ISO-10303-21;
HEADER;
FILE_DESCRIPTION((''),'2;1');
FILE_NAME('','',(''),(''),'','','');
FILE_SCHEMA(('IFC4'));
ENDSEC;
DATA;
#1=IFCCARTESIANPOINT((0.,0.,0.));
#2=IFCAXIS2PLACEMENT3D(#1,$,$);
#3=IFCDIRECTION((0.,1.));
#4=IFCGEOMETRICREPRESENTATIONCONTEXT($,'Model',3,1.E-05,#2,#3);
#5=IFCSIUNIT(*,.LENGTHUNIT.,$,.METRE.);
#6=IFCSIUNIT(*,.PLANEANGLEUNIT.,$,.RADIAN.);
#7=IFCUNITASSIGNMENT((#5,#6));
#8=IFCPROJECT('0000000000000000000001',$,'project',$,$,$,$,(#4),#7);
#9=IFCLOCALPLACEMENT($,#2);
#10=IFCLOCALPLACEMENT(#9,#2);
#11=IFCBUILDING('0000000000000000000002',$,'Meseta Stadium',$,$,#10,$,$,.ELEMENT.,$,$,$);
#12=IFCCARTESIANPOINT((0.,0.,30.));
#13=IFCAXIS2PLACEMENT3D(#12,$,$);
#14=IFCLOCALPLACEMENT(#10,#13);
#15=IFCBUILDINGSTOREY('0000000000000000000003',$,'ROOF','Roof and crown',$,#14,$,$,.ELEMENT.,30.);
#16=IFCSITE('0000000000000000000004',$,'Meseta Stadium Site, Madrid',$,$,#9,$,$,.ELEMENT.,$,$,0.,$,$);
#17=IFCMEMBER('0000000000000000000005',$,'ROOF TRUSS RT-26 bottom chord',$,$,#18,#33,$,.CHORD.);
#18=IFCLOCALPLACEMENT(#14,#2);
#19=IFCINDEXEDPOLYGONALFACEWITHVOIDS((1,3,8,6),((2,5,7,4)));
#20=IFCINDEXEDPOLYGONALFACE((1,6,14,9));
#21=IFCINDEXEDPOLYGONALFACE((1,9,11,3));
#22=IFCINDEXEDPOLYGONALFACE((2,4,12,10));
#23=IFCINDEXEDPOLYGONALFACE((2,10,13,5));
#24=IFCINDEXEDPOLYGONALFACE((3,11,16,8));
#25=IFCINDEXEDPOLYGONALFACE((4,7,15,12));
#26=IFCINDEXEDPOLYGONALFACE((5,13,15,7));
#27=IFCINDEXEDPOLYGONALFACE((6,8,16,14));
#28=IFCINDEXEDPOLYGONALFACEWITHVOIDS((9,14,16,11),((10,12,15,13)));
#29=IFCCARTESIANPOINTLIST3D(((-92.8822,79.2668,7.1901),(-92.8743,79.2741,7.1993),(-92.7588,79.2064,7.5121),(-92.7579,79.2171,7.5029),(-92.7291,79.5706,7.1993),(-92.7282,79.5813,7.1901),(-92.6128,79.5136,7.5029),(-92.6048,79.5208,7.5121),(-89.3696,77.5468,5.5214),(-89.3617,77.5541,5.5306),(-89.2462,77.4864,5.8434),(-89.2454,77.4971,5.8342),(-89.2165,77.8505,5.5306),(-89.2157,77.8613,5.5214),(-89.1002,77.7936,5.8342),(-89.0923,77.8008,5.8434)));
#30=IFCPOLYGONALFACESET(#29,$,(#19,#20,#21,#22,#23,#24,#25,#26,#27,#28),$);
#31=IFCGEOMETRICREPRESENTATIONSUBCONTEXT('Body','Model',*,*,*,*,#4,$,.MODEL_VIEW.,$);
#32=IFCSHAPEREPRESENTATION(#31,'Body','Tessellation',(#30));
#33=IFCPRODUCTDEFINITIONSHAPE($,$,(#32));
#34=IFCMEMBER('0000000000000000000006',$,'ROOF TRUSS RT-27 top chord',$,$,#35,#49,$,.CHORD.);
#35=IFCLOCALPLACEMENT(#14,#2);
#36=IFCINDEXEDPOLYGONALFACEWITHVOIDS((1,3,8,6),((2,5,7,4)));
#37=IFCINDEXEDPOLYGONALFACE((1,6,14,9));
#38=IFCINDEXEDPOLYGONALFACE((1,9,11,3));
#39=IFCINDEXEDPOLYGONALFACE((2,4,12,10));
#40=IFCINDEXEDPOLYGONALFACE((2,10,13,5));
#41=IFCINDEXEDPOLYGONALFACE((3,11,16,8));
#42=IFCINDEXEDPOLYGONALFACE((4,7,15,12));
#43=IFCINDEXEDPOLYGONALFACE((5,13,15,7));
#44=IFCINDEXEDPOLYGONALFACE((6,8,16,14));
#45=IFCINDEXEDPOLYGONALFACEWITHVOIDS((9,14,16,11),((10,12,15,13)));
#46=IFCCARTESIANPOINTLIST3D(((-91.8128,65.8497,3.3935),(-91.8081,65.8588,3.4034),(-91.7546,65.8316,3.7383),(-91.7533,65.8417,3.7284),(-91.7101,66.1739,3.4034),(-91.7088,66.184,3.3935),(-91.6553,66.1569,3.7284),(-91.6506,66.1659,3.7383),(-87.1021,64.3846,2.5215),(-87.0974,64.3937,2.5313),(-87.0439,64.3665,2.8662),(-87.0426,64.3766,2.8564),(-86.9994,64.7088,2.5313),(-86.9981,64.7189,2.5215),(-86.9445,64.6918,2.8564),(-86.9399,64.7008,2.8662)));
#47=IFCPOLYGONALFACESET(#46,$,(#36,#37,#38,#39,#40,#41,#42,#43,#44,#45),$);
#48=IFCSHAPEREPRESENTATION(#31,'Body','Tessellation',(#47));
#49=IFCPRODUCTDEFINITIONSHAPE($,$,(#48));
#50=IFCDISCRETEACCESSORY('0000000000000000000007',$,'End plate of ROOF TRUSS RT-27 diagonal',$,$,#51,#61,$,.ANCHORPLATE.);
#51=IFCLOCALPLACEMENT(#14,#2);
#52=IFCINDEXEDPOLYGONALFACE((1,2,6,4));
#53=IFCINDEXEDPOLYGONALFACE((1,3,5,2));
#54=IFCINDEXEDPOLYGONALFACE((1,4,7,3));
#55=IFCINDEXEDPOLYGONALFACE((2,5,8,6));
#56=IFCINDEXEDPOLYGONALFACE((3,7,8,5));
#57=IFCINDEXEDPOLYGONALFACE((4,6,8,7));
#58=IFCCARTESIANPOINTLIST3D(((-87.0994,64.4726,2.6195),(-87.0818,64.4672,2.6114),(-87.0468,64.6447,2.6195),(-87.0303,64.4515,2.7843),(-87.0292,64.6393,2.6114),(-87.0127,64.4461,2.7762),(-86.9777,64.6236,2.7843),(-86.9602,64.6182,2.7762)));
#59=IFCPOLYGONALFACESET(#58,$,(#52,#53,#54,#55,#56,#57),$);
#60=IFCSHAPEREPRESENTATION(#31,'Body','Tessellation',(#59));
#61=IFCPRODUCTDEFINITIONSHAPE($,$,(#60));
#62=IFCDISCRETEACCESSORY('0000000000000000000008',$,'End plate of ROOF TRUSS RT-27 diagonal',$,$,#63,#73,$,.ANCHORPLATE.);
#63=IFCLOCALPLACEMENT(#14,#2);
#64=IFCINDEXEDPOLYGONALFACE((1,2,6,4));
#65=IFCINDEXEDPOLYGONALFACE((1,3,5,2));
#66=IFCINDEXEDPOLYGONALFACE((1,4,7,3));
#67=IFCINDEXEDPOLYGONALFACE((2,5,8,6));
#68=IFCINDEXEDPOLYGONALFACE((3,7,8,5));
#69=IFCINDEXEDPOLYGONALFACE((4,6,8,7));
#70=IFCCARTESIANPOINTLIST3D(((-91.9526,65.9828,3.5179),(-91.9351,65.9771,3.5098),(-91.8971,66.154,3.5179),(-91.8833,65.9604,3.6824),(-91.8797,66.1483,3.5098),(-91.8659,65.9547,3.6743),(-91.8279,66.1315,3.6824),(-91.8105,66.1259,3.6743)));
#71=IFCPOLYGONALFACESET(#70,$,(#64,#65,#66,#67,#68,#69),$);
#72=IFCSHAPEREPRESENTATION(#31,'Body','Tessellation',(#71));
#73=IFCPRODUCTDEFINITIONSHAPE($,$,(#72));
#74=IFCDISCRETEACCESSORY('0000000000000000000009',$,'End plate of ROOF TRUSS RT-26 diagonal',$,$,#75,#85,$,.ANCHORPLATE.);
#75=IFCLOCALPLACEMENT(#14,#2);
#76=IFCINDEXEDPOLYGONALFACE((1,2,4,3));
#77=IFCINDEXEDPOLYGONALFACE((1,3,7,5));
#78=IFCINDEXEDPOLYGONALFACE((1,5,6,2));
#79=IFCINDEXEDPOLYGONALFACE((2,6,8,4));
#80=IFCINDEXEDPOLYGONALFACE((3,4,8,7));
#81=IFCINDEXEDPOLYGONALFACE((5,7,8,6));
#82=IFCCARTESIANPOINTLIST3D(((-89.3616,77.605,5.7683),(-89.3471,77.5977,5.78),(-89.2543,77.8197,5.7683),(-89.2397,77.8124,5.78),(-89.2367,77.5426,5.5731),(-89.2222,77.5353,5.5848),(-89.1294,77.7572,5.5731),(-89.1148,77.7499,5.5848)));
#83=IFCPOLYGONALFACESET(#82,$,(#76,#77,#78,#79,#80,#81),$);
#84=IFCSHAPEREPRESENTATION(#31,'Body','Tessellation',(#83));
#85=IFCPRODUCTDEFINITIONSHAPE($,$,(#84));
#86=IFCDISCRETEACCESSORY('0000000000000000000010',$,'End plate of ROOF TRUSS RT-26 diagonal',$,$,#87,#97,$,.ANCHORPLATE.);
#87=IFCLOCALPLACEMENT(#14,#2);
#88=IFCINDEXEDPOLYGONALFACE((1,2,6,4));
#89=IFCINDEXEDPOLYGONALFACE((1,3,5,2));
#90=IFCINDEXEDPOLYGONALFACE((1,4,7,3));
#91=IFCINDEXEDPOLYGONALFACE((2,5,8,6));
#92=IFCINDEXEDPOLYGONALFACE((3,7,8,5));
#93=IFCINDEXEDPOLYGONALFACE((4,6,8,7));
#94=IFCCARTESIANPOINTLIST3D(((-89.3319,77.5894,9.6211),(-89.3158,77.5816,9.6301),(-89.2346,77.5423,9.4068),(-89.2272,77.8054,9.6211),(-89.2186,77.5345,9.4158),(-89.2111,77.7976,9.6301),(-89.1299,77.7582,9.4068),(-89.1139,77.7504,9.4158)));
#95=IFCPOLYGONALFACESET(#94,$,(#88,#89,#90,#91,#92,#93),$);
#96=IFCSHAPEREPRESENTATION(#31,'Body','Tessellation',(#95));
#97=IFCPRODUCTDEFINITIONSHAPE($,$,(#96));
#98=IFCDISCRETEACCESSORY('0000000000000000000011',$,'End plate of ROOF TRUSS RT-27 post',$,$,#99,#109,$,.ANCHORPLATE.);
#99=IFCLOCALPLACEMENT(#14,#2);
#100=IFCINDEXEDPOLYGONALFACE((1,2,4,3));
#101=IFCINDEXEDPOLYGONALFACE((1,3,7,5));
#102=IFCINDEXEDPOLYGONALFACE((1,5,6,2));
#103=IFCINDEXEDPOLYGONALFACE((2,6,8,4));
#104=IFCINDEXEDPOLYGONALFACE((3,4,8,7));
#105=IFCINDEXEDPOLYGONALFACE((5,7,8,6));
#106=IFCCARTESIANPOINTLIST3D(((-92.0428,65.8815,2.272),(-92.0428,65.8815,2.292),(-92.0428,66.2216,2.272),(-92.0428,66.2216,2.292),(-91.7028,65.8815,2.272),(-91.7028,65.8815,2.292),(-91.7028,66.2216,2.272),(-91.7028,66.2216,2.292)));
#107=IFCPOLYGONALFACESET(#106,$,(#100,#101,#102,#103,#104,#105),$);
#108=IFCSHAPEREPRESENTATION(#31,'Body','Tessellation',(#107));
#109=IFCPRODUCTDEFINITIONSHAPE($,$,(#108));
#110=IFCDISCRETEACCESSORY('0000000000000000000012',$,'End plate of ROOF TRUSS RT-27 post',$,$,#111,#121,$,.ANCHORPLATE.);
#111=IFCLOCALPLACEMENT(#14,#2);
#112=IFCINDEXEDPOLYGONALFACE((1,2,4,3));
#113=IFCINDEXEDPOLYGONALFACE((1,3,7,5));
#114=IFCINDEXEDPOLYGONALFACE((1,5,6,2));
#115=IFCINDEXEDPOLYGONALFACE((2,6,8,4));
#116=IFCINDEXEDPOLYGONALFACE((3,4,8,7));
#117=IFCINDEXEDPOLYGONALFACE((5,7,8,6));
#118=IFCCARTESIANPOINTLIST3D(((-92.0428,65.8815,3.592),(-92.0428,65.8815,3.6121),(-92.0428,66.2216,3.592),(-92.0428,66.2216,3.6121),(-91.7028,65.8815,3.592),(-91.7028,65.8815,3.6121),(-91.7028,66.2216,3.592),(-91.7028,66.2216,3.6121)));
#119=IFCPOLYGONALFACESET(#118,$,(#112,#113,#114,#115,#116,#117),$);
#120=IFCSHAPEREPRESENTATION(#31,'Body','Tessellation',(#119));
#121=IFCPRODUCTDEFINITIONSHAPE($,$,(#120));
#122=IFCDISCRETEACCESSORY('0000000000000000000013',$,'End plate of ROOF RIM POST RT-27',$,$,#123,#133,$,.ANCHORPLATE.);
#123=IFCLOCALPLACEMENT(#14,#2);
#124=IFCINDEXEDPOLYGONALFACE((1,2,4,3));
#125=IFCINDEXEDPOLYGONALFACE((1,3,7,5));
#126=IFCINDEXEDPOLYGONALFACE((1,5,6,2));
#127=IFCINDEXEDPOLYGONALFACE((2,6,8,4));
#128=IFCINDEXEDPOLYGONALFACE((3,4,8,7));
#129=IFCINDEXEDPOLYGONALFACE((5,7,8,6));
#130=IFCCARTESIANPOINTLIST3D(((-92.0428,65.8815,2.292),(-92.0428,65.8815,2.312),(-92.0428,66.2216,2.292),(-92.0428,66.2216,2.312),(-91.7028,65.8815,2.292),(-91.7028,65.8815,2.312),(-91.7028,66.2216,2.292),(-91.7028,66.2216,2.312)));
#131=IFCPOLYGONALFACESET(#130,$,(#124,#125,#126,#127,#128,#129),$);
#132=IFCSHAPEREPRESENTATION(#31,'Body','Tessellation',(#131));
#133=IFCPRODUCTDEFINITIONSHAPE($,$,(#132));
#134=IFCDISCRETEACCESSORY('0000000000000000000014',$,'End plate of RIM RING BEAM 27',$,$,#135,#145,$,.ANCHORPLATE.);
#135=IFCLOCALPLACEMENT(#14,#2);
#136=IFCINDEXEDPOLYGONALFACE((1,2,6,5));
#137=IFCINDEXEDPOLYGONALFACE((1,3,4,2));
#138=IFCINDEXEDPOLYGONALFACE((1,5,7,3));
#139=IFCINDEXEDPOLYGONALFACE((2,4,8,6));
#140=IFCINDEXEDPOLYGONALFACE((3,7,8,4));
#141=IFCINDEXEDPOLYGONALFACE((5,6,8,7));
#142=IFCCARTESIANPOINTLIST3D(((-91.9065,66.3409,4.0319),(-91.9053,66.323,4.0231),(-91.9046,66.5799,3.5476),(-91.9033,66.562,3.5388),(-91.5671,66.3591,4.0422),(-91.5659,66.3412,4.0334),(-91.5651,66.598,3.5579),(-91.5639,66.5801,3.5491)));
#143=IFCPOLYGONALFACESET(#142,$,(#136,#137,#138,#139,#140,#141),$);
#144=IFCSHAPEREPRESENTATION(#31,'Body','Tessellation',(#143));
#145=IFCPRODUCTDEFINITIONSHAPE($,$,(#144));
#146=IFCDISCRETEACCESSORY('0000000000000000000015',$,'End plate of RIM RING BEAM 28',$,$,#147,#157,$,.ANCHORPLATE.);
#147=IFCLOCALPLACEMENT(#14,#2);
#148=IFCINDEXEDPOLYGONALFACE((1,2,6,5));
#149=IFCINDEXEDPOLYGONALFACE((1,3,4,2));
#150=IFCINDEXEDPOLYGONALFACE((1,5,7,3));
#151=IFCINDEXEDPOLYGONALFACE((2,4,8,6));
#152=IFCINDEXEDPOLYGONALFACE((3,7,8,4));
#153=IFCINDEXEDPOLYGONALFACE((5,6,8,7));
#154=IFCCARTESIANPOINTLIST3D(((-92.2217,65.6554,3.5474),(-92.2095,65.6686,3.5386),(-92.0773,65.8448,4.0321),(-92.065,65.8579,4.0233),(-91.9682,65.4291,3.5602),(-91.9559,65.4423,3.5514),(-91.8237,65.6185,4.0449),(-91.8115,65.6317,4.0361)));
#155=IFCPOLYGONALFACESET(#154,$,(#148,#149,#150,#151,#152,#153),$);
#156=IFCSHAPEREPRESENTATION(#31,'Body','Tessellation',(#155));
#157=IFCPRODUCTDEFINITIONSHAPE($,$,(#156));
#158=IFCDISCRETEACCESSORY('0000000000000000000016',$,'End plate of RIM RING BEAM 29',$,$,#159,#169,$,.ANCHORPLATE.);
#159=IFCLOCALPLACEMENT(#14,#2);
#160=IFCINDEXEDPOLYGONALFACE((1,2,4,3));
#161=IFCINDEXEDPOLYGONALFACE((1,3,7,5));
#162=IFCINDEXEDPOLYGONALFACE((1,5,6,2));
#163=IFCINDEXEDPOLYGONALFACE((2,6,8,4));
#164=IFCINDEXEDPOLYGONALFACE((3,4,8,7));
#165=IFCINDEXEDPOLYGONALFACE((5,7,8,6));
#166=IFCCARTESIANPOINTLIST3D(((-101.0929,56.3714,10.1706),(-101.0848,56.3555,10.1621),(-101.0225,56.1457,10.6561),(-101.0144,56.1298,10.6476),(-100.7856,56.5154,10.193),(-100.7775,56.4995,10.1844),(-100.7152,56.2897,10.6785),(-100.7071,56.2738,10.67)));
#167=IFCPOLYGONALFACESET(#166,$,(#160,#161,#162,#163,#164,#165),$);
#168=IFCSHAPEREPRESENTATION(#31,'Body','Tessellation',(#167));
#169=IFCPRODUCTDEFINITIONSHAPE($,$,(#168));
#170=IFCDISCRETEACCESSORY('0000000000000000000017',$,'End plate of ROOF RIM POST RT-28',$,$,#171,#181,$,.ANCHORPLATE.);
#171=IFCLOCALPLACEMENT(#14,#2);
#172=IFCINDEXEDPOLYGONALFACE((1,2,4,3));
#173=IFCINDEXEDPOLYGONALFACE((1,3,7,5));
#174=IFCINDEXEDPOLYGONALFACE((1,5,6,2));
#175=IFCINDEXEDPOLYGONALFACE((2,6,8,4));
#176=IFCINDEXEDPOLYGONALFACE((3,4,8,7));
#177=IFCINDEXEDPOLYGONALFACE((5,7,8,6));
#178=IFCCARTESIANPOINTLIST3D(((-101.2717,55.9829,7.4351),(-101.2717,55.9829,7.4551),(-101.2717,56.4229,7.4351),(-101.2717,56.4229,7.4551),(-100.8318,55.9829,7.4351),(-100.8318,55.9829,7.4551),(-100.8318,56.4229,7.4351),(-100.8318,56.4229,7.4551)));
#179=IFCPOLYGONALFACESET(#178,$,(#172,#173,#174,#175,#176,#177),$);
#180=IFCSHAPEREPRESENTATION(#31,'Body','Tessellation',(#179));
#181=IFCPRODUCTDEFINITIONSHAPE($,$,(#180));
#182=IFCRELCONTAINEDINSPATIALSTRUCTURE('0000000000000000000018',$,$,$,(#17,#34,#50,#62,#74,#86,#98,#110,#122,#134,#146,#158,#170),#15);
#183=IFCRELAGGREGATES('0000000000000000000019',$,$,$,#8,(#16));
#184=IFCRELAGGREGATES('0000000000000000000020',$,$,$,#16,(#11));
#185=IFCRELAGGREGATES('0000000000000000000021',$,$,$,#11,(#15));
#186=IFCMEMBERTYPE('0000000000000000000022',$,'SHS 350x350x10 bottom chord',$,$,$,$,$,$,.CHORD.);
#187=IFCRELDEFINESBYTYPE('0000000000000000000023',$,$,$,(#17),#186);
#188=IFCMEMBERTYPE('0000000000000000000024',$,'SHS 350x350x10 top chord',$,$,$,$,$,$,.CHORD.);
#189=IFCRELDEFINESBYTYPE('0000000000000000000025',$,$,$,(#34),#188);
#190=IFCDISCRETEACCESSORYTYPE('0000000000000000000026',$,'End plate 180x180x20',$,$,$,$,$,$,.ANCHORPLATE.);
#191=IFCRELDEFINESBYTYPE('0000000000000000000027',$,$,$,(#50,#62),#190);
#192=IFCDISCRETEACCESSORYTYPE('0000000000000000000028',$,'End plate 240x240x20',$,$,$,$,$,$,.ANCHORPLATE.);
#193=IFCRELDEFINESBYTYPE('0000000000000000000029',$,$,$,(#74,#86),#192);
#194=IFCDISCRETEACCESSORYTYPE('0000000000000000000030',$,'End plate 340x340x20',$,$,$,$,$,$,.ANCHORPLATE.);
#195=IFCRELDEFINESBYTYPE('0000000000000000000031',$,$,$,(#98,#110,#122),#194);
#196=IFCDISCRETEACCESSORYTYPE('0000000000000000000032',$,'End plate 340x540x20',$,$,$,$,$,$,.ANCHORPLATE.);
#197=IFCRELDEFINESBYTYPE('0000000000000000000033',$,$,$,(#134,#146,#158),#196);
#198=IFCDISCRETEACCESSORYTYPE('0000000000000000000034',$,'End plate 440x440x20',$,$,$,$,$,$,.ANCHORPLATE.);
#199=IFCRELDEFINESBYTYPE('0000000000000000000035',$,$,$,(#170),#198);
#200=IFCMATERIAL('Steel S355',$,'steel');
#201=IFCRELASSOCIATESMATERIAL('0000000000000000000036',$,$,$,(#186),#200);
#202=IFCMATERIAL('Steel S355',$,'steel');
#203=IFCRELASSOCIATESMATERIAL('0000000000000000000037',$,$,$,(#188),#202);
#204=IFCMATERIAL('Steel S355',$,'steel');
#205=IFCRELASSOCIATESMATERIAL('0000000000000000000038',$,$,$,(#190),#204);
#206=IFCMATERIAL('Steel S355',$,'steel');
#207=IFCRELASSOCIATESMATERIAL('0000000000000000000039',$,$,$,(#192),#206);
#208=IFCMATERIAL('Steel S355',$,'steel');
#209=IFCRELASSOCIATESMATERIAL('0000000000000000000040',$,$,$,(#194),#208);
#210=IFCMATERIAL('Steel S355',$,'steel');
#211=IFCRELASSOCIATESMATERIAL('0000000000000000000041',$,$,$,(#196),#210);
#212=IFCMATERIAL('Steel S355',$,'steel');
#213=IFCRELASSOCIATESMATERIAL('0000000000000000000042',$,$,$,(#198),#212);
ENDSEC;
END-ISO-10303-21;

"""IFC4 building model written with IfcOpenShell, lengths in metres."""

from ifc_helpers import new_model, si_unit, direction, frame, origin, origin_2d, place, context, subcontext, project, spatial, rectangle, hollow_rectangle, extrude, material, material_profile, profile_set, type_object, element, save


model = new_model("IFC4")

# Units and contexts
model_context = context("Model", 3, precision=1e-05, world=origin(), true_north=direction((0.0, 1.0)))
body_context = subcontext(model_context, "Body", "Model", "MODEL_VIEW")
ifc_project = project(units=[si_unit("LENGTHUNIT", "METRE"), si_unit("PLANEANGLEUNIT", "RADIAN")], contexts=[model_context])

# Site, building, storey
site_placement = place(None, origin())
site = spatial("IfcSite", under=ifc_project, at=site_placement, Name="Meseta Stadium Site, Madrid", CompositionType="ELEMENT", RefElevation=0.0)
building_placement = place(site_placement, origin())
building = spatial("IfcBuilding", under=site, at=building_placement, Name="Meseta Stadium", CompositionType="ELEMENT")
storey_placement = place(building_placement, frame((0.0, 0.0, 30.0)))
storey = spatial("IfcBuildingStorey", under=building, at=storey_placement, Name="ROOF", Description="Roof and crown", CompositionType="ELEMENT", Elevation=30.0)

# Members
ifc_material_1 = material(Name="Steel S355", Category="steel")
ifc_material_profile_1 = material_profile(ifc_material_1, hollow_rectangle(XDim=0.3501, YDim=0.3501, WallThickness=0.01, at=origin_2d()), Name="SHS 350x350x10")
ifc_profile_set_1 = profile_set([ifc_material_profile_1], Name="Steel S355")
member_type_1 = type_object("IfcMemberType", Name="SHS 350x350x10 bottom chord", PredefinedType="CHORD", material=ifc_profile_set_1)
member_1_placement = place(storey_placement, frame((-89.231, 77.6738, 5.6824), z_axis=(-0.826055, 0.404501, 0.392444), x_axis=(-0.439782, -0.898104, 0.0)))
element("IfcMember", 1, at=member_1_placement, inside=storey, type_object=member_type_1, Name="ROOF TRUSS RT-26 bottom chord", PredefinedType="CHORD", context=body_context, shape_type="SweptSolid", body=[
    extrude(hollow_rectangle(XDim=0.3501, YDim=0.3501, WallThickness=0.01, at=origin_2d()), origin(), (0.0, 0.0, 1.0), 4.2522),
])
ifc_material_2 = material(Name="Steel S355", Category="steel")
ifc_material_profile_2 = material_profile(ifc_material_2, hollow_rectangle(XDim=0.3501, YDim=0.3501, WallThickness=0.01, at=origin_2d()), Name="SHS 350x350x10")
ifc_profile_set_2 = profile_set([ifc_material_profile_2], Name="Steel S355")
member_type_2 = type_object("IfcMemberType", Name="SHS 350x350x10 top chord", PredefinedType="CHORD", material=ifc_profile_set_2)
member_2_placement = place(storey_placement, frame((-87.021, 64.5427, 2.6938), z_axis=(-0.940305, 0.292447, 0.174075), x_axis=(-0.296981, -0.954883, 0.0)))
element("IfcMember", 2, at=member_2_placement, inside=storey, type_object=member_type_2, Name="ROOF TRUSS RT-27 top chord", PredefinedType="CHORD", context=body_context, shape_type="SweptSolid", body=[
    extrude(hollow_rectangle(XDim=0.3501, YDim=0.3501, WallThickness=0.01, at=origin_2d()), origin(), (0.0, 0.0, 1.0), 5.0098),
])

# Discrete accessories
ifc_material_3 = material(Name="Steel S355", Category="steel")
ifc_material_profile_3 = material_profile(ifc_material_3, rectangle(XDim=0.1799, YDim=0.1799, at=origin_2d()), Name="PL 180x180")
ifc_profile_set_3 = profile_set([ifc_material_profile_3], Name="Steel S355")
discrete_accessory_type_1 = type_object("IfcDiscreteAccessoryType", Name="End plate 180x180x20", PredefinedType="ANCHORPLATE", material=ifc_profile_set_3)
for number, where, z_axis, x_axis, name in (
    (3, (-87.021, 64.5427, 2.6938), (-0.875902, 0.267637, 0.401455), (-0.292219, -0.956352, 0.0), "End plate of ROOF TRUSS RT-27 diagonal"),
    (4, (-91.8728, 66.0515, 3.592), (-0.870069, 0.281853, 0.404398), (-0.308177, -0.951329, 0.0), "End plate of ROOF TRUSS RT-27 diagonal"),
):
    element("IfcDiscreteAccessory", number, at=place(storey_placement, frame(where, z_axis=z_axis, x_axis=x_axis)), inside=storey, type_object=discrete_accessory_type_1, Name=name, PredefinedType="ANCHORPLATE", context=body_context, shape_type="SweptSolid", body=[
        extrude(rectangle(XDim=0.1799, YDim=0.1799, at=origin_2d()), origin(), (0.0, 0.0, 1.0), 0.02),
    ])
ifc_material_4 = material(Name="Steel S355", Category="steel")
ifc_material_profile_4 = material_profile(ifc_material_4, rectangle(XDim=0.24, YDim=0.24, at=origin_2d()), Name="PL 240x240")
ifc_profile_set_4 = profile_set([ifc_material_profile_4], Name="Steel S355")
discrete_accessory_type_2 = type_object("IfcDiscreteAccessoryType", Name="End plate 240x240x20", PredefinedType="ANCHORPLATE", material=ifc_profile_set_4)
for number, where, z_axis, x_axis, name in (
    (5, (-89.231, 77.6738, 5.6824), (-0.727393, 0.363696, -0.581914), (-0.447214, -0.894427, 0.0), "End plate of ROOF TRUSS RT-26 diagonal"),
    (6, (-89.2148, 77.666, 9.5229), (-0.803386, 0.38952, -0.450383), (-0.436274, -0.899814, 0.0), "End plate of ROOF TRUSS RT-26 diagonal"),
):
    element("IfcDiscreteAccessory", number, at=place(storey_placement, frame(where, z_axis=z_axis, x_axis=x_axis)), inside=storey, type_object=discrete_accessory_type_2, Name=name, PredefinedType="ANCHORPLATE", context=body_context, shape_type="SweptSolid", body=[
        extrude(rectangle(XDim=0.24, YDim=0.24, at=origin_2d()), origin(), (0.0, 0.0, 1.0), 0.02),
    ])
ifc_material_5 = material(Name="Steel S355", Category="steel")
ifc_material_profile_5 = material_profile(ifc_material_5, rectangle(XDim=0.3401, YDim=0.3401, at=origin_2d()), Name="PL 340x340")
ifc_profile_set_5 = profile_set([ifc_material_profile_5], Name="Steel S355")
discrete_accessory_type_3 = type_object("IfcDiscreteAccessoryType", Name="End plate 340x340x20", PredefinedType="ANCHORPLATE", material=ifc_profile_set_5)
for number, where, z_axis, x_axis, name in (
    (7, (-91.8728, 66.0515, 2.272), (0.0, 0.0, 1.0), (1.0, 0.0, 0.0), "End plate of ROOF TRUSS RT-27 post"),
    (8, (-91.8728, 66.0515, 3.592), (0.0, 0.0, 1.0), (1.0, 0.0, 0.0), "End plate of ROOF TRUSS RT-27 post"),
    (9, (-91.8728, 66.0515, 2.292), (0.0, 0.0, 1.0), (1.0, 0.0, 0.0), "End plate of ROOF RIM POST RT-27"),
):
    element("IfcDiscreteAccessory", number, at=place(storey_placement, frame(where, z_axis=z_axis, x_axis=x_axis)), inside=storey, type_object=discrete_accessory_type_3, Name=name, PredefinedType="ANCHORPLATE", context=body_context, shape_type="SweptSolid", body=[
        extrude(rectangle(XDim=0.3401, YDim=0.3401, at=origin_2d()), origin(), (0.0, 0.0, 1.0), 0.02),
    ])
ifc_material_6 = material(Name="Steel S355", Category="steel")
ifc_material_profile_6 = material_profile(ifc_material_6, rectangle(XDim=0.3401, YDim=0.54, at=origin_2d()), Name="PL 340x540")
ifc_profile_set_6 = profile_set([ifc_material_profile_6], Name="Steel S355")
discrete_accessory_type_4 = type_object("IfcDiscreteAccessoryType", Name="End plate 340x540x20", PredefinedType="ANCHORPLATE", material=ifc_profile_set_6)
for number, where, z_axis, x_axis, name in (
    (10, (-91.7358, 66.4695, 3.7949), (0.061314, -0.895183, -0.44146), (0.998112, 0.053373, 0.030399), "End plate of RIM RING BEAM 27"),
    (11, (-92.0105, 65.6501, 3.7874), (-0.610301, -0.659125, 0.439417), (0.745627, -0.6653, 0.037643), "End plate of RIM RING BEAM 28"),
):
    element("IfcDiscreteAccessory", number, at=place(storey_placement, frame(where, z_axis=z_axis, x_axis=x_axis)), inside=storey, type_object=discrete_accessory_type_4, Name=name, PredefinedType="ANCHORPLATE", context=body_context, shape_type="SweptSolid", body=[
        extrude(rectangle(XDim=0.3401, YDim=0.54, at=origin_2d()), origin(), (0.0, 0.0, 1.0), 0.02),
    ])
discrete_accessory_1_placement = place(storey_placement, frame((-100.9041, 56.3306, 10.4246), z_axis=(0.408092, -0.803818, -0.432825), x_axis=(0.903585, 0.42333, 0.065767)))
element("IfcDiscreteAccessory", 12, at=discrete_accessory_1_placement, inside=storey, type_object=discrete_accessory_type_4, Name="End plate of RIM RING BEAM 29", PredefinedType="ANCHORPLATE", context=body_context, shape_type="SweptSolid", body=[
    extrude(rectangle(XDim=0.3401, YDim=0.54, at=origin_2d()), origin(), (0.0, 0.0, 1.0), 0.0198),
])
ifc_material_7 = material(Name="Steel S355", Category="steel")
ifc_material_profile_7 = material_profile(ifc_material_7, rectangle(XDim=0.4399, YDim=0.4399, at=origin_2d()), Name="PL 440x440")
ifc_profile_set_7 = profile_set([ifc_material_profile_7], Name="Steel S355")
discrete_accessory_type_5 = type_object("IfcDiscreteAccessoryType", Name="End plate 440x440x20", PredefinedType="ANCHORPLATE", material=ifc_profile_set_7)
discrete_accessory_2_placement = place(storey_placement, frame((-101.0518, 56.2029, 7.4351), z_axis=(0.0, 0.0, 1.0), x_axis=(1.0, 0.0, 0.0)))
element("IfcDiscreteAccessory", 13, at=discrete_accessory_2_placement, inside=storey, type_object=discrete_accessory_type_5, Name="End plate of ROOF RIM POST RT-28", PredefinedType="ANCHORPLATE", context=body_context, shape_type="SweptSolid", body=[
    extrude(rectangle(XDim=0.4399, YDim=0.4399, at=origin_2d()), origin(), (0.0, 0.0, 1.0), 0.02),
])

save(model, "model.ifc")
